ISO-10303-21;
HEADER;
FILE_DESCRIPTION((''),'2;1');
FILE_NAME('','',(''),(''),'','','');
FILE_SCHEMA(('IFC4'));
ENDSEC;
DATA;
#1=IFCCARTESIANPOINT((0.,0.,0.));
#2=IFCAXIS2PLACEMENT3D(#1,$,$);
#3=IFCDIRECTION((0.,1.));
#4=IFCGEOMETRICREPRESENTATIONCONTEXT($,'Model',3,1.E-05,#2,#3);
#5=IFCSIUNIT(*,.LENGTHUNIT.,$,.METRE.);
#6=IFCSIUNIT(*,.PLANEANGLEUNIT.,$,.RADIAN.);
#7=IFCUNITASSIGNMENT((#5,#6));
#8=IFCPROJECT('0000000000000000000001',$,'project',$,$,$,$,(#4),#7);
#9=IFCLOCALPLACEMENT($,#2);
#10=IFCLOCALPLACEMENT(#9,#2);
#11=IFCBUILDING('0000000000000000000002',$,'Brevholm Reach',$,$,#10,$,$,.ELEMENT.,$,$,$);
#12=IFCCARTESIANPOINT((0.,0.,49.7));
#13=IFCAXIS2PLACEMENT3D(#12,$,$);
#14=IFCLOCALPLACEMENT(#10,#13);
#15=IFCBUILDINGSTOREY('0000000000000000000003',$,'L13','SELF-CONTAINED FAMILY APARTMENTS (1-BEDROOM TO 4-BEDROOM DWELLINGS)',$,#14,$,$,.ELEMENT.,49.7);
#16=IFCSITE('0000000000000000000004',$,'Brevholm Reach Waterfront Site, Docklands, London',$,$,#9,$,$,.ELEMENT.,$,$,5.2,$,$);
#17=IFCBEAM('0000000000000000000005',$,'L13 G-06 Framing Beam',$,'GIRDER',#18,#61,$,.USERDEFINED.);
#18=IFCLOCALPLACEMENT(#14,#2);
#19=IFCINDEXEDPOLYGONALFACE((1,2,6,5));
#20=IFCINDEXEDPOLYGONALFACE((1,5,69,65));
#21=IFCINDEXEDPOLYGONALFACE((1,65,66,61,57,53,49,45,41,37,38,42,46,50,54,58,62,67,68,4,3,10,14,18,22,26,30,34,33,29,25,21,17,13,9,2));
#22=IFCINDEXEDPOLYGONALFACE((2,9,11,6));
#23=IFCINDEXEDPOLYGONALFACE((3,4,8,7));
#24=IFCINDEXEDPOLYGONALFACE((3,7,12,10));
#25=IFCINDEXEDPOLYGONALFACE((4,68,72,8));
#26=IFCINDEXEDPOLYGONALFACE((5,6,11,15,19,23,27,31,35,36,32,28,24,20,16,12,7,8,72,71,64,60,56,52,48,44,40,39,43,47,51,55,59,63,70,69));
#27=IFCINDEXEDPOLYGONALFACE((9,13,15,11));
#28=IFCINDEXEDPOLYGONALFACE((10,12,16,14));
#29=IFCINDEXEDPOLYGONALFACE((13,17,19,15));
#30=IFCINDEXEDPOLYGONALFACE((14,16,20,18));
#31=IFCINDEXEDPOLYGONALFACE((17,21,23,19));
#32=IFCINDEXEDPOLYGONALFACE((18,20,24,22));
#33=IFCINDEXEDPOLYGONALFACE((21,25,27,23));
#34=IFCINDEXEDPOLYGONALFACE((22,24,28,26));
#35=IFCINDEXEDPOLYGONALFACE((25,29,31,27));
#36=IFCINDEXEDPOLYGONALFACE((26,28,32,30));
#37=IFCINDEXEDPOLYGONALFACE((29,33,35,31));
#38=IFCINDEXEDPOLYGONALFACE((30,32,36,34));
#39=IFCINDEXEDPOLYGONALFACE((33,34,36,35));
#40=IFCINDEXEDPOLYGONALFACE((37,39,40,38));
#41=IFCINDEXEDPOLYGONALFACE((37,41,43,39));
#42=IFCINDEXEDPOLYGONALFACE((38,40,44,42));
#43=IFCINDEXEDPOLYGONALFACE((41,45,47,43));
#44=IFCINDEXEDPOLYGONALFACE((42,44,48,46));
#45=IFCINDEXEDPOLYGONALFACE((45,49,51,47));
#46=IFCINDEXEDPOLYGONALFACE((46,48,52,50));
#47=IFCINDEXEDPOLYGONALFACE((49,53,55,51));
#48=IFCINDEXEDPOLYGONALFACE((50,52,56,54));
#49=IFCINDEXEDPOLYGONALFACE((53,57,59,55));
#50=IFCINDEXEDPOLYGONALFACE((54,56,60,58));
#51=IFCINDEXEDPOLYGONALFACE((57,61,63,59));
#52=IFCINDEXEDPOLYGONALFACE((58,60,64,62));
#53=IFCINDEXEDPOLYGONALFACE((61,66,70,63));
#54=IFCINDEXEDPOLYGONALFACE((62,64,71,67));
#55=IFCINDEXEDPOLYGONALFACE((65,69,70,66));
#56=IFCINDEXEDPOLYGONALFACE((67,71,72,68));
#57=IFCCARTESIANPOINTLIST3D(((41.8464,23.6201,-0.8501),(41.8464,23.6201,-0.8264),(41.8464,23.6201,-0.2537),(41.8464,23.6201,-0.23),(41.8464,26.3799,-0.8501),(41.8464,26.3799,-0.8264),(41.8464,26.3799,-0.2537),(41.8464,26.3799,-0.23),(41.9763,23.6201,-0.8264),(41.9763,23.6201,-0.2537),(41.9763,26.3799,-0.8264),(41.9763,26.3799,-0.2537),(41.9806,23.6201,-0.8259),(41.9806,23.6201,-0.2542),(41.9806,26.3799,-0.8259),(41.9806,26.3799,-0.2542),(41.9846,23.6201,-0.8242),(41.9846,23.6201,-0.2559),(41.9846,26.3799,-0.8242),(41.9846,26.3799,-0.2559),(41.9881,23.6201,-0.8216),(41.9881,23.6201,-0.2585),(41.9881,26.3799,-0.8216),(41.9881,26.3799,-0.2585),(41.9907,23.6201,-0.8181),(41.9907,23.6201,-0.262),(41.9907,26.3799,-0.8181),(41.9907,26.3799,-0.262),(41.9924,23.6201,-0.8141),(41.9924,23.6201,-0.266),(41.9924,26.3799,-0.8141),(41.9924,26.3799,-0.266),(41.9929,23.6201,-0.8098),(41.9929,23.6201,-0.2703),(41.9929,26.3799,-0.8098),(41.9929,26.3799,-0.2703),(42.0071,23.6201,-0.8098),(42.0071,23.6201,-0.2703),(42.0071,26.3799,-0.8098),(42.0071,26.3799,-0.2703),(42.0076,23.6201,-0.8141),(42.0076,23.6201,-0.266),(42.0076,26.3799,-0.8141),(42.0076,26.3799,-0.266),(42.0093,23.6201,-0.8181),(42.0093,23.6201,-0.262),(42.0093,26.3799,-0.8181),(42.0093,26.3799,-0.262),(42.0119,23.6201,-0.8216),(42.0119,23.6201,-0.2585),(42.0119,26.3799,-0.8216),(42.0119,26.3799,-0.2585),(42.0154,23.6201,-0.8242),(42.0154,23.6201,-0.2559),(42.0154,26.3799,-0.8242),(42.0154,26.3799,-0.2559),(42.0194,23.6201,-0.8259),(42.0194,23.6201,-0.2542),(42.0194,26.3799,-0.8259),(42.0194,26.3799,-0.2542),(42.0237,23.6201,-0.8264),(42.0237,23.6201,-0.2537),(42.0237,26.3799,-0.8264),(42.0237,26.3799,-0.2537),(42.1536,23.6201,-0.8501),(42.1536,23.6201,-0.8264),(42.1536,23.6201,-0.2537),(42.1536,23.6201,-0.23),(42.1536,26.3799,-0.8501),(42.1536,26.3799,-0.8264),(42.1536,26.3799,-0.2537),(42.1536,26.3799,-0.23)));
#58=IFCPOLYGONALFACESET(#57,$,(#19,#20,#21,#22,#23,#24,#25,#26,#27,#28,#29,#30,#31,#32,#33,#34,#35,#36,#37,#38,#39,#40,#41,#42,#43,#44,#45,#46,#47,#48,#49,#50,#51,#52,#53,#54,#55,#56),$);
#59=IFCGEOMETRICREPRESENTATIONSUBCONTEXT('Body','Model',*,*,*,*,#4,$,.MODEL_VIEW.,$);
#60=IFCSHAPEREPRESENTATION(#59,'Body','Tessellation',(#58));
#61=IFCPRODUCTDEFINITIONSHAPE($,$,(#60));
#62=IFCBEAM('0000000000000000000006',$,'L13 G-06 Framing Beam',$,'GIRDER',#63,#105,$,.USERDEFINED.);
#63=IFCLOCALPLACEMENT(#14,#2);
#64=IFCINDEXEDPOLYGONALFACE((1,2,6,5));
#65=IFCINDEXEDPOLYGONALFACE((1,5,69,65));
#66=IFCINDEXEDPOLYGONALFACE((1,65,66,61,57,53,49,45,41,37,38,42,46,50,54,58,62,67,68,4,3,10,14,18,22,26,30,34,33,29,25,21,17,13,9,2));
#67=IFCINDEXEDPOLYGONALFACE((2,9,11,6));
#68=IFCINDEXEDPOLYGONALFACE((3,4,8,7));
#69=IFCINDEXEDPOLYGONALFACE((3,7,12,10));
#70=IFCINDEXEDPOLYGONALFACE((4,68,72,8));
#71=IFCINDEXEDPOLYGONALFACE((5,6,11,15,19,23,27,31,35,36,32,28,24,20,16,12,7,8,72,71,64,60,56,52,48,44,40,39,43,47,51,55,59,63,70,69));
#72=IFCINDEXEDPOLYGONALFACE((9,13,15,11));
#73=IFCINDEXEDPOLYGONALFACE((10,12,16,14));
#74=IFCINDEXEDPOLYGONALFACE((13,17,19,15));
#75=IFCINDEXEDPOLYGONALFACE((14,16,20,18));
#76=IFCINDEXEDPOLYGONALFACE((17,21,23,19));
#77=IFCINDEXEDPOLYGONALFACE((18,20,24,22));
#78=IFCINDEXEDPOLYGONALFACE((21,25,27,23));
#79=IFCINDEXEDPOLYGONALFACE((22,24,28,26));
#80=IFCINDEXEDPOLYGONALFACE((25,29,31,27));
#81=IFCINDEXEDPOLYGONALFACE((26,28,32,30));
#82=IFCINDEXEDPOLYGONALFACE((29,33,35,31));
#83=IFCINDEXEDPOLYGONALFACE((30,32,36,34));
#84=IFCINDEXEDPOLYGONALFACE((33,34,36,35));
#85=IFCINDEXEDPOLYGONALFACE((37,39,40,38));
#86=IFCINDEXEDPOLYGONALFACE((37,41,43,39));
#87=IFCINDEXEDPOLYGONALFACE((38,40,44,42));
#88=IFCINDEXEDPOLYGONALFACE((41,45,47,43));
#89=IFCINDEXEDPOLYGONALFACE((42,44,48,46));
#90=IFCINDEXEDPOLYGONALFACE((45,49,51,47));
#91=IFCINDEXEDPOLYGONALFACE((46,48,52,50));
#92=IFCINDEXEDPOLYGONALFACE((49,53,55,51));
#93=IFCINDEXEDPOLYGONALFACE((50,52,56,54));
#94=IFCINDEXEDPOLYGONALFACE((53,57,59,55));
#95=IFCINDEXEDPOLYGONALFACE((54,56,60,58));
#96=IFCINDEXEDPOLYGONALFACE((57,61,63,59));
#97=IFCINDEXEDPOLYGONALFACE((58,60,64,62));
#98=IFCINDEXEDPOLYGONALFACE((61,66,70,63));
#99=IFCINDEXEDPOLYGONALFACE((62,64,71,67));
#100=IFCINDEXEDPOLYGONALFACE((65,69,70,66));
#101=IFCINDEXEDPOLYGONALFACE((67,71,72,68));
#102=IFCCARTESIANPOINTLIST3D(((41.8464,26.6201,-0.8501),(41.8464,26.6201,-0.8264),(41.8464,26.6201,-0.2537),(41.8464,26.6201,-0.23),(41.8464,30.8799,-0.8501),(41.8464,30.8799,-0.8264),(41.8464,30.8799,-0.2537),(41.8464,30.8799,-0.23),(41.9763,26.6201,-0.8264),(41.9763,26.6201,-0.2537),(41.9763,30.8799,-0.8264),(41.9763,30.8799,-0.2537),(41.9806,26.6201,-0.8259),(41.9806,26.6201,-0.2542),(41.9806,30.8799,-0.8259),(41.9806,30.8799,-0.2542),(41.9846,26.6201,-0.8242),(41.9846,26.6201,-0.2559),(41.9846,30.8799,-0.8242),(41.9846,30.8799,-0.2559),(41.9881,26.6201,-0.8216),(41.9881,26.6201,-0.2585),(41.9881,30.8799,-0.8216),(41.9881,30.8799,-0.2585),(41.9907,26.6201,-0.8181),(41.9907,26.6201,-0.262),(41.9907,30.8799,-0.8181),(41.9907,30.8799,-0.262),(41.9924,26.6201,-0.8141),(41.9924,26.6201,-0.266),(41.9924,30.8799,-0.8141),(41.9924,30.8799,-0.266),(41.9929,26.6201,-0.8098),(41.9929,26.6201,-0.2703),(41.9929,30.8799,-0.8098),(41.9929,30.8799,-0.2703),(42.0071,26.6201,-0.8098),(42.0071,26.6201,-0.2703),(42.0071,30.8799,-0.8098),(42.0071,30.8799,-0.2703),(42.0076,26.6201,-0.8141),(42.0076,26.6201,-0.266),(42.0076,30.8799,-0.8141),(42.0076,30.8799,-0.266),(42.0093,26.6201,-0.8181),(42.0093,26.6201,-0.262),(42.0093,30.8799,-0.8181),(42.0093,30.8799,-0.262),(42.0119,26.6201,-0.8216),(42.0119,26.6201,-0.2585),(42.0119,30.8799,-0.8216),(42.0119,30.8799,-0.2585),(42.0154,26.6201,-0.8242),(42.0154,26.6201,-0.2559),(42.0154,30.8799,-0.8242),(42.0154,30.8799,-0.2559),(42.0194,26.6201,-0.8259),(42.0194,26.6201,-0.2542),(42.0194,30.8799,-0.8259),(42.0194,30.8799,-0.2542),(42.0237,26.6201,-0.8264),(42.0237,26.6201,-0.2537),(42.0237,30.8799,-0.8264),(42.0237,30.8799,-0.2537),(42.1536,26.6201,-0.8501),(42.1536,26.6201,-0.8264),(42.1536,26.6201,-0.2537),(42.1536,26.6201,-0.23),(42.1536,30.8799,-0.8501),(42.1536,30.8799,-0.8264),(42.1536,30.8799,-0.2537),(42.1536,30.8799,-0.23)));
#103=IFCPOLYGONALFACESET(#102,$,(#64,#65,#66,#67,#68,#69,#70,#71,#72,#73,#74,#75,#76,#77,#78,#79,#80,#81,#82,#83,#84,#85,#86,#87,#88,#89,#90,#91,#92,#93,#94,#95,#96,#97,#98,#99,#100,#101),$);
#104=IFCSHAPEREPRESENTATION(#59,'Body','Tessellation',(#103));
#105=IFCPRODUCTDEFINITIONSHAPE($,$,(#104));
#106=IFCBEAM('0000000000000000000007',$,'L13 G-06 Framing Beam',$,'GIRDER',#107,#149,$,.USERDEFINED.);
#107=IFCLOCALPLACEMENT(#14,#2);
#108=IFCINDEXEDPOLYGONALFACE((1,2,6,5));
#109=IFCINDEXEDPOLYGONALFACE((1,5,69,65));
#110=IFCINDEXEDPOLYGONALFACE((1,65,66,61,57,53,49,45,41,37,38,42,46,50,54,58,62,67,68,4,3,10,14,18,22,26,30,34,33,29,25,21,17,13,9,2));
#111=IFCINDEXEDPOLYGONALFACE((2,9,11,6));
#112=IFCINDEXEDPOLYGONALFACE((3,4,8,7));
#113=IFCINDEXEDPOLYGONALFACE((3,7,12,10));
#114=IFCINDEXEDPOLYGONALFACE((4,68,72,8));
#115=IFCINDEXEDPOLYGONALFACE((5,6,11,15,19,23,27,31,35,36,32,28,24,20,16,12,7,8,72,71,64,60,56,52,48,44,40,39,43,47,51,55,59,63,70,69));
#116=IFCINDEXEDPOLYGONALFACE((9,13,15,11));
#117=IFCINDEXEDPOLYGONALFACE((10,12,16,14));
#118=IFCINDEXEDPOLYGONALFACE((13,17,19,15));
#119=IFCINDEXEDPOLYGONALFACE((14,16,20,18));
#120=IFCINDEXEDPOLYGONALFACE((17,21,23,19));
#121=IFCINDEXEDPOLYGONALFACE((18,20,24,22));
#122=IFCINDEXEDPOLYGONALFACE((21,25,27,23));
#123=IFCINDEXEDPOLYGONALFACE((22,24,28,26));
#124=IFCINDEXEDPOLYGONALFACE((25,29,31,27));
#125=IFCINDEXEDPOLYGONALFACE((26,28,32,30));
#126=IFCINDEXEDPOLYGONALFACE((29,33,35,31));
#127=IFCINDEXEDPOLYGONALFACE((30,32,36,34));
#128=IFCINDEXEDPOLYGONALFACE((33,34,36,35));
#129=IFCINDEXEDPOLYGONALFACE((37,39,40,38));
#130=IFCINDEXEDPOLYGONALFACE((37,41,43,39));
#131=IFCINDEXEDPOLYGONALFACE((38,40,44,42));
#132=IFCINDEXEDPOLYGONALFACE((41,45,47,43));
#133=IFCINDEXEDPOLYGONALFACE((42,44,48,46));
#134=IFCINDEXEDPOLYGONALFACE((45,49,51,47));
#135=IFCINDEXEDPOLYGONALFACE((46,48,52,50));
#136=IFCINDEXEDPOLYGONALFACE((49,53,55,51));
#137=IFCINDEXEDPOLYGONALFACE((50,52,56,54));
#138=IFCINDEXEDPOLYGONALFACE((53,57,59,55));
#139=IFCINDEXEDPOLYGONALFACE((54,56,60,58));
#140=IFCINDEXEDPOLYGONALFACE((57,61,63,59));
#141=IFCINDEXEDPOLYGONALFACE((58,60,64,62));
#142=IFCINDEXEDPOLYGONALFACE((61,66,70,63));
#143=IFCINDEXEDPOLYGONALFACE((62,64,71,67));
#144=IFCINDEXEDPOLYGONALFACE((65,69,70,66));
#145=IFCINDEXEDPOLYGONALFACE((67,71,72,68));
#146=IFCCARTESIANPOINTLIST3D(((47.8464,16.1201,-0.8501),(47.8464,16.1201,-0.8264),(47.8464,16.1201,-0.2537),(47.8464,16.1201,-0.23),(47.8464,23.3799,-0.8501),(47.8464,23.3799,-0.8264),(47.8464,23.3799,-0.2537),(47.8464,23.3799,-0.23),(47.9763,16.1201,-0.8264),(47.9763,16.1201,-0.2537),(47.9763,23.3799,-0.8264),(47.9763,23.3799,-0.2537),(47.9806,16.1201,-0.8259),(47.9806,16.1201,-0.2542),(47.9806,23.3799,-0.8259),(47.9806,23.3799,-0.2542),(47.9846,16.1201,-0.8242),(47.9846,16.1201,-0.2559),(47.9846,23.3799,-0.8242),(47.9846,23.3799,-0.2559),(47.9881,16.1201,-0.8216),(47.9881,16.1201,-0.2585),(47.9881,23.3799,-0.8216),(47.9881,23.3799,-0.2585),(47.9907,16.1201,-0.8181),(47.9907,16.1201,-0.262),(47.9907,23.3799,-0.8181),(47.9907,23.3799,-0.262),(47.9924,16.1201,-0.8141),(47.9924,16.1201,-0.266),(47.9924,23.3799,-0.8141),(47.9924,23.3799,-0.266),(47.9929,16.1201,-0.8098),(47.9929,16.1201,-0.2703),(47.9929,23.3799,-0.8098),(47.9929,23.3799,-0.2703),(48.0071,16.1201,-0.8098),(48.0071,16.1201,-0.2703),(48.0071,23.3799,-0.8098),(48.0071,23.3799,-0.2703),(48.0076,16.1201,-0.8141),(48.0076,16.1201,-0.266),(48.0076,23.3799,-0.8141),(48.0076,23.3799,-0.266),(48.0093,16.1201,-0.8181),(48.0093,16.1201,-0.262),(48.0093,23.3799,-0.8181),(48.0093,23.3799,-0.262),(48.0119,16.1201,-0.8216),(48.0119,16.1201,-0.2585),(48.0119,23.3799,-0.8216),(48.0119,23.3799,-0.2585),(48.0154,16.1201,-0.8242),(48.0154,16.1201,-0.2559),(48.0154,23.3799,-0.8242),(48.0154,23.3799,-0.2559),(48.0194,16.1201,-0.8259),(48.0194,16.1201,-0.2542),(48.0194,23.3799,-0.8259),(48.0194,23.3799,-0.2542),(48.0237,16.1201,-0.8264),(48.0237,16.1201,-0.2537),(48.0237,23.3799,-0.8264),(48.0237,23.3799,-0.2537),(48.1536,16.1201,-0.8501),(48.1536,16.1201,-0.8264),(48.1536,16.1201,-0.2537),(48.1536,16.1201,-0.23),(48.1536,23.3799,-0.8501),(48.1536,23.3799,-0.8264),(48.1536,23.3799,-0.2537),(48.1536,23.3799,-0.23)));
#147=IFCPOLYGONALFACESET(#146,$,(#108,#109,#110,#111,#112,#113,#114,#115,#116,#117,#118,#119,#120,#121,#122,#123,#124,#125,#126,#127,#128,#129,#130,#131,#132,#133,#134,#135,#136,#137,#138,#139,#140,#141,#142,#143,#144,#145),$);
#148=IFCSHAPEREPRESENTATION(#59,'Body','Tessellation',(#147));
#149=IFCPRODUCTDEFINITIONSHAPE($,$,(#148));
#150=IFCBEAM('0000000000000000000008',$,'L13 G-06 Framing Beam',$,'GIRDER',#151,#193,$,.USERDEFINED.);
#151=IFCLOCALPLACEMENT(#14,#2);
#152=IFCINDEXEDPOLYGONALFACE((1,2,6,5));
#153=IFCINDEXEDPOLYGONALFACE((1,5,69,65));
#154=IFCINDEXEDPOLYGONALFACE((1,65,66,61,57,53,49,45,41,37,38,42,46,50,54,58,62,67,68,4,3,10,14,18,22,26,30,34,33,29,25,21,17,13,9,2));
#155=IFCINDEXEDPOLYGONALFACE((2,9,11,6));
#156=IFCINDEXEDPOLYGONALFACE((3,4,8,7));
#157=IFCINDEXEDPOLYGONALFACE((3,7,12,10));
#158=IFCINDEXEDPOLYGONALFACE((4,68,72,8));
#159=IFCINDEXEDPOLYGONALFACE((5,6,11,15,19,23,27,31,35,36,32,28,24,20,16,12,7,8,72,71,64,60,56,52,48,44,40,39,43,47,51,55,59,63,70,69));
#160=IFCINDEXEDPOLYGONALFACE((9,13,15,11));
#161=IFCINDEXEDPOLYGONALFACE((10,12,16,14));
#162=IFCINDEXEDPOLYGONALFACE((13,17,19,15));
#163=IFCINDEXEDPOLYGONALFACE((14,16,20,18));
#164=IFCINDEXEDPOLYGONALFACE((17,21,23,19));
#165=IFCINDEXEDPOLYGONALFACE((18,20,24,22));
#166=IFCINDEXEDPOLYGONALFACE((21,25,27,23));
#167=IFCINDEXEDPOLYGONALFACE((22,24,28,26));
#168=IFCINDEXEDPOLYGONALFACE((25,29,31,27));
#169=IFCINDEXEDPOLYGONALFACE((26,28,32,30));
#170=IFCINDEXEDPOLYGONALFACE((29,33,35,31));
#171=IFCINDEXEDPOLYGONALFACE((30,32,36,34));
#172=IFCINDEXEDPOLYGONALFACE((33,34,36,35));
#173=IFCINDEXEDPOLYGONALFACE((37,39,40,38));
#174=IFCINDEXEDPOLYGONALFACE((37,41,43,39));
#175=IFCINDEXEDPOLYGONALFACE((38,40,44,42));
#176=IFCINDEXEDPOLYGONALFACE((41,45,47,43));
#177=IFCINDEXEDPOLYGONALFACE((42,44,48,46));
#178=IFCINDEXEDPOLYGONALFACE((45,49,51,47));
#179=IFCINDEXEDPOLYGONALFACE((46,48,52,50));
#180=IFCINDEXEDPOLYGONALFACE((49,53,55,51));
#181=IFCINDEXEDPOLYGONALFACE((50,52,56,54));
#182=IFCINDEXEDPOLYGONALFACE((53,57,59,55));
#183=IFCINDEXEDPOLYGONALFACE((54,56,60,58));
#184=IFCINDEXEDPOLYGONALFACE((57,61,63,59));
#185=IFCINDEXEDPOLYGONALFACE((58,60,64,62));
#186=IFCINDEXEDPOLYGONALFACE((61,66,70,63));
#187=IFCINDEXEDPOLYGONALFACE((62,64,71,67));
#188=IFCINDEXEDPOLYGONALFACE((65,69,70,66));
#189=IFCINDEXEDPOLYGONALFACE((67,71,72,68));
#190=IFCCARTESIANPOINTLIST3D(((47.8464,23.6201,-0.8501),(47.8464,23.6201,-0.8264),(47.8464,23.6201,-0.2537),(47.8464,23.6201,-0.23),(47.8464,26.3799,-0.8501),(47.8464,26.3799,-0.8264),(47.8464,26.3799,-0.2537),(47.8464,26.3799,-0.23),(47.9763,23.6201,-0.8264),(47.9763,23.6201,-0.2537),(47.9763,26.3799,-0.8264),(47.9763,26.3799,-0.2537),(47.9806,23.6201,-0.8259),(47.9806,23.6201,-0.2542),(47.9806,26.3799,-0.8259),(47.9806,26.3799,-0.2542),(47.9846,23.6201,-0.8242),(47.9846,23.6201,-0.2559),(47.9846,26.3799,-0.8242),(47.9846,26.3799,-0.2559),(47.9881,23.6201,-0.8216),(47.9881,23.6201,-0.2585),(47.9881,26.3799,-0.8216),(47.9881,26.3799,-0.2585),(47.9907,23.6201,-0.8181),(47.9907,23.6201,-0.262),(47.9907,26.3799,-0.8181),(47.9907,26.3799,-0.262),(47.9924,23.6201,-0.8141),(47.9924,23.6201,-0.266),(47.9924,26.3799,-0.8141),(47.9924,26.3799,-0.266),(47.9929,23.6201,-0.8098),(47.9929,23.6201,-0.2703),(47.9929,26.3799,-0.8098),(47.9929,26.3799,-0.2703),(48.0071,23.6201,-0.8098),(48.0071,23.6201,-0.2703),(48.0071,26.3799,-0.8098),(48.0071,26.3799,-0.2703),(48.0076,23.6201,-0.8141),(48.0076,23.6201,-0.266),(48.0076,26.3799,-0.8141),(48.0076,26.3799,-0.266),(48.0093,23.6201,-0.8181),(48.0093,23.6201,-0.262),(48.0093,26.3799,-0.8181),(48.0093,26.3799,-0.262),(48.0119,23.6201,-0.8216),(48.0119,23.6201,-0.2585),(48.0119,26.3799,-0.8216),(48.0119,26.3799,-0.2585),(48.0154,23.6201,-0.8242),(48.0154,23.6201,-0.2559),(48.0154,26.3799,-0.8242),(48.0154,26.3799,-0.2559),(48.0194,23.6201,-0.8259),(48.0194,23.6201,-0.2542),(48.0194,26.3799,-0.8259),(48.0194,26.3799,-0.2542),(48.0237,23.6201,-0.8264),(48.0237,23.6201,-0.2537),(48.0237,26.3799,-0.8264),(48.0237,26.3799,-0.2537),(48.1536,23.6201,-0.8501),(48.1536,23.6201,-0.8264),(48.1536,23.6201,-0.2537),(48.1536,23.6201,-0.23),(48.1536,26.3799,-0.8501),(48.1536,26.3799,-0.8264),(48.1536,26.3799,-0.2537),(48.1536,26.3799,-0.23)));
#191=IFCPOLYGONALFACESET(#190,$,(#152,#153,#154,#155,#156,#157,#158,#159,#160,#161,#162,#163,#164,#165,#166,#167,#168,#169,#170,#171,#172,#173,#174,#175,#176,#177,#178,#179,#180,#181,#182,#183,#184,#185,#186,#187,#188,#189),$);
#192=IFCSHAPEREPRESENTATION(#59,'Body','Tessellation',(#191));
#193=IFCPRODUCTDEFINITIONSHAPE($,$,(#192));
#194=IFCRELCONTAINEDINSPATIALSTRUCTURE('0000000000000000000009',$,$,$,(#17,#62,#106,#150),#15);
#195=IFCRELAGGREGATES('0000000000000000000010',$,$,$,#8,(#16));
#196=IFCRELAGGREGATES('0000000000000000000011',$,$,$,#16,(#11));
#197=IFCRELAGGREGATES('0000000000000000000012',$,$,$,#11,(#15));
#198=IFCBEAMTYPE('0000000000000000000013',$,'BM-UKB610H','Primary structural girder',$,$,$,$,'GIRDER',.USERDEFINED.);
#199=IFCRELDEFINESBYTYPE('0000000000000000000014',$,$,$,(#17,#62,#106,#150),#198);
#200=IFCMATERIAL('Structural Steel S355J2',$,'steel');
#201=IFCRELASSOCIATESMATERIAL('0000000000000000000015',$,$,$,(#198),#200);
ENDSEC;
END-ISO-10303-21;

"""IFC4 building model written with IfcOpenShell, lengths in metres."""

from ifc_helpers import new_model, si_unit, direction, frame, origin, origin_2d, place, context, subcontext, project, spatial, i_section, extrude, material, material_profile, profile_set, type_object, element, save


model = new_model("IFC4")

# Units and contexts
model_context = context("Model", 3, precision=1e-05, world=origin(), true_north=direction((0.0, 1.0)))
body_context = subcontext(model_context, "Body", "Model", "MODEL_VIEW")
ifc_project = project(units=[si_unit("LENGTHUNIT", "METRE"), si_unit("PLANEANGLEUNIT", "RADIAN")], contexts=[model_context])

# Site, building, storey
site_placement = place(None, origin())
site = spatial("IfcSite", under=ifc_project, at=site_placement, Name="Brevholm Reach Waterfront Site, Docklands, London", CompositionType="ELEMENT", RefElevation=5.2)
building_placement = place(site_placement, origin())
building = spatial("IfcBuilding", under=site, at=building_placement, Name="Brevholm Reach", CompositionType="ELEMENT")
storey_placement = place(building_placement, frame((0.0, 0.0, 49.7)))
storey = spatial("IfcBuildingStorey", under=building, at=storey_placement, Name="L13", Description="SELF-CONTAINED FAMILY APARTMENTS (1-BEDROOM TO 4-BEDROOM DWELLINGS)", CompositionType="ELEMENT", Elevation=49.7)

# Beams
ifc_material_1 = material(Name="Structural Steel S355J2", Category="steel")
ifc_material_profile_1 = material_profile(ifc_material_1, i_section(OverallWidth=0.3071, OverallDepth=0.6201, WebThickness=0.0142, FlangeThickness=0.0237, FilletRadius=0.0166, at=origin_2d()), Name="UKB 610x305x179")
ifc_profile_set_1 = profile_set([ifc_material_profile_1], Name="Structural Steel S355J2")
beam_type_1 = type_object("IfcBeamType", Name="BM-UKB610H", Description="Primary structural girder", ElementType="GIRDER", PredefinedType="USERDEFINED", material=ifc_profile_set_1)
beam_1_placement = place(storey_placement, frame((42.0, 23.6201, -0.54), z_axis=(0.0, 1.0, 0.0), x_axis=(-1.0, 0.0, 0.0)))
element("IfcBeam", 1, at=beam_1_placement, inside=storey, type_object=beam_type_1, Name="L13 G-06 Framing Beam", ObjectType="GIRDER", PredefinedType="USERDEFINED", context=body_context, shape_type="SweptSolid", body=[
    extrude(i_section(OverallWidth=0.3071, OverallDepth=0.6201, WebThickness=0.0142, FlangeThickness=0.0237, FilletRadius=0.0166, at=origin_2d()), origin(), (0.0, 0.0, 1.0), 2.7598),
])
beam_2_placement = place(storey_placement, frame((42.0, 26.6201, -0.54), z_axis=(0.0, 1.0, 0.0), x_axis=(-1.0, 0.0, 0.0)))
element("IfcBeam", 2, at=beam_2_placement, inside=storey, type_object=beam_type_1, Name="L13 G-06 Framing Beam", ObjectType="GIRDER", PredefinedType="USERDEFINED", context=body_context, shape_type="SweptSolid", body=[
    extrude(i_section(OverallWidth=0.3071, OverallDepth=0.6201, WebThickness=0.0142, FlangeThickness=0.0237, FilletRadius=0.0166, at=origin_2d()), origin(), (0.0, 0.0, 1.0), 4.2598),
])
beam_3_placement = place(storey_placement, frame((48.0, 16.1201, -0.54), z_axis=(0.0, 1.0, 0.0), x_axis=(-1.0, 0.0, 0.0)))
element("IfcBeam", 3, at=beam_3_placement, inside=storey, type_object=beam_type_1, Name="L13 G-06 Framing Beam", ObjectType="GIRDER", PredefinedType="USERDEFINED", context=body_context, shape_type="SweptSolid", body=[
    extrude(i_section(OverallWidth=0.3071, OverallDepth=0.6201, WebThickness=0.0142, FlangeThickness=0.0237, FilletRadius=0.0166, at=origin_2d()), origin(), (0.0, 0.0, 1.0), 7.2598),
])
beam_4_placement = place(storey_placement, frame((48.0, 23.6201, -0.54), z_axis=(0.0, 1.0, 0.0), x_axis=(-1.0, 0.0, 0.0)))
element("IfcBeam", 4, at=beam_4_placement, inside=storey, type_object=beam_type_1, Name="L13 G-06 Framing Beam", ObjectType="GIRDER", PredefinedType="USERDEFINED", context=body_context, shape_type="SweptSolid", body=[
    extrude(i_section(OverallWidth=0.3071, OverallDepth=0.6201, WebThickness=0.0142, FlangeThickness=0.0237, FilletRadius=0.0166, at=origin_2d()), origin(), (0.0, 0.0, 1.0), 2.7598),
])

save(model, "model.ifc")
